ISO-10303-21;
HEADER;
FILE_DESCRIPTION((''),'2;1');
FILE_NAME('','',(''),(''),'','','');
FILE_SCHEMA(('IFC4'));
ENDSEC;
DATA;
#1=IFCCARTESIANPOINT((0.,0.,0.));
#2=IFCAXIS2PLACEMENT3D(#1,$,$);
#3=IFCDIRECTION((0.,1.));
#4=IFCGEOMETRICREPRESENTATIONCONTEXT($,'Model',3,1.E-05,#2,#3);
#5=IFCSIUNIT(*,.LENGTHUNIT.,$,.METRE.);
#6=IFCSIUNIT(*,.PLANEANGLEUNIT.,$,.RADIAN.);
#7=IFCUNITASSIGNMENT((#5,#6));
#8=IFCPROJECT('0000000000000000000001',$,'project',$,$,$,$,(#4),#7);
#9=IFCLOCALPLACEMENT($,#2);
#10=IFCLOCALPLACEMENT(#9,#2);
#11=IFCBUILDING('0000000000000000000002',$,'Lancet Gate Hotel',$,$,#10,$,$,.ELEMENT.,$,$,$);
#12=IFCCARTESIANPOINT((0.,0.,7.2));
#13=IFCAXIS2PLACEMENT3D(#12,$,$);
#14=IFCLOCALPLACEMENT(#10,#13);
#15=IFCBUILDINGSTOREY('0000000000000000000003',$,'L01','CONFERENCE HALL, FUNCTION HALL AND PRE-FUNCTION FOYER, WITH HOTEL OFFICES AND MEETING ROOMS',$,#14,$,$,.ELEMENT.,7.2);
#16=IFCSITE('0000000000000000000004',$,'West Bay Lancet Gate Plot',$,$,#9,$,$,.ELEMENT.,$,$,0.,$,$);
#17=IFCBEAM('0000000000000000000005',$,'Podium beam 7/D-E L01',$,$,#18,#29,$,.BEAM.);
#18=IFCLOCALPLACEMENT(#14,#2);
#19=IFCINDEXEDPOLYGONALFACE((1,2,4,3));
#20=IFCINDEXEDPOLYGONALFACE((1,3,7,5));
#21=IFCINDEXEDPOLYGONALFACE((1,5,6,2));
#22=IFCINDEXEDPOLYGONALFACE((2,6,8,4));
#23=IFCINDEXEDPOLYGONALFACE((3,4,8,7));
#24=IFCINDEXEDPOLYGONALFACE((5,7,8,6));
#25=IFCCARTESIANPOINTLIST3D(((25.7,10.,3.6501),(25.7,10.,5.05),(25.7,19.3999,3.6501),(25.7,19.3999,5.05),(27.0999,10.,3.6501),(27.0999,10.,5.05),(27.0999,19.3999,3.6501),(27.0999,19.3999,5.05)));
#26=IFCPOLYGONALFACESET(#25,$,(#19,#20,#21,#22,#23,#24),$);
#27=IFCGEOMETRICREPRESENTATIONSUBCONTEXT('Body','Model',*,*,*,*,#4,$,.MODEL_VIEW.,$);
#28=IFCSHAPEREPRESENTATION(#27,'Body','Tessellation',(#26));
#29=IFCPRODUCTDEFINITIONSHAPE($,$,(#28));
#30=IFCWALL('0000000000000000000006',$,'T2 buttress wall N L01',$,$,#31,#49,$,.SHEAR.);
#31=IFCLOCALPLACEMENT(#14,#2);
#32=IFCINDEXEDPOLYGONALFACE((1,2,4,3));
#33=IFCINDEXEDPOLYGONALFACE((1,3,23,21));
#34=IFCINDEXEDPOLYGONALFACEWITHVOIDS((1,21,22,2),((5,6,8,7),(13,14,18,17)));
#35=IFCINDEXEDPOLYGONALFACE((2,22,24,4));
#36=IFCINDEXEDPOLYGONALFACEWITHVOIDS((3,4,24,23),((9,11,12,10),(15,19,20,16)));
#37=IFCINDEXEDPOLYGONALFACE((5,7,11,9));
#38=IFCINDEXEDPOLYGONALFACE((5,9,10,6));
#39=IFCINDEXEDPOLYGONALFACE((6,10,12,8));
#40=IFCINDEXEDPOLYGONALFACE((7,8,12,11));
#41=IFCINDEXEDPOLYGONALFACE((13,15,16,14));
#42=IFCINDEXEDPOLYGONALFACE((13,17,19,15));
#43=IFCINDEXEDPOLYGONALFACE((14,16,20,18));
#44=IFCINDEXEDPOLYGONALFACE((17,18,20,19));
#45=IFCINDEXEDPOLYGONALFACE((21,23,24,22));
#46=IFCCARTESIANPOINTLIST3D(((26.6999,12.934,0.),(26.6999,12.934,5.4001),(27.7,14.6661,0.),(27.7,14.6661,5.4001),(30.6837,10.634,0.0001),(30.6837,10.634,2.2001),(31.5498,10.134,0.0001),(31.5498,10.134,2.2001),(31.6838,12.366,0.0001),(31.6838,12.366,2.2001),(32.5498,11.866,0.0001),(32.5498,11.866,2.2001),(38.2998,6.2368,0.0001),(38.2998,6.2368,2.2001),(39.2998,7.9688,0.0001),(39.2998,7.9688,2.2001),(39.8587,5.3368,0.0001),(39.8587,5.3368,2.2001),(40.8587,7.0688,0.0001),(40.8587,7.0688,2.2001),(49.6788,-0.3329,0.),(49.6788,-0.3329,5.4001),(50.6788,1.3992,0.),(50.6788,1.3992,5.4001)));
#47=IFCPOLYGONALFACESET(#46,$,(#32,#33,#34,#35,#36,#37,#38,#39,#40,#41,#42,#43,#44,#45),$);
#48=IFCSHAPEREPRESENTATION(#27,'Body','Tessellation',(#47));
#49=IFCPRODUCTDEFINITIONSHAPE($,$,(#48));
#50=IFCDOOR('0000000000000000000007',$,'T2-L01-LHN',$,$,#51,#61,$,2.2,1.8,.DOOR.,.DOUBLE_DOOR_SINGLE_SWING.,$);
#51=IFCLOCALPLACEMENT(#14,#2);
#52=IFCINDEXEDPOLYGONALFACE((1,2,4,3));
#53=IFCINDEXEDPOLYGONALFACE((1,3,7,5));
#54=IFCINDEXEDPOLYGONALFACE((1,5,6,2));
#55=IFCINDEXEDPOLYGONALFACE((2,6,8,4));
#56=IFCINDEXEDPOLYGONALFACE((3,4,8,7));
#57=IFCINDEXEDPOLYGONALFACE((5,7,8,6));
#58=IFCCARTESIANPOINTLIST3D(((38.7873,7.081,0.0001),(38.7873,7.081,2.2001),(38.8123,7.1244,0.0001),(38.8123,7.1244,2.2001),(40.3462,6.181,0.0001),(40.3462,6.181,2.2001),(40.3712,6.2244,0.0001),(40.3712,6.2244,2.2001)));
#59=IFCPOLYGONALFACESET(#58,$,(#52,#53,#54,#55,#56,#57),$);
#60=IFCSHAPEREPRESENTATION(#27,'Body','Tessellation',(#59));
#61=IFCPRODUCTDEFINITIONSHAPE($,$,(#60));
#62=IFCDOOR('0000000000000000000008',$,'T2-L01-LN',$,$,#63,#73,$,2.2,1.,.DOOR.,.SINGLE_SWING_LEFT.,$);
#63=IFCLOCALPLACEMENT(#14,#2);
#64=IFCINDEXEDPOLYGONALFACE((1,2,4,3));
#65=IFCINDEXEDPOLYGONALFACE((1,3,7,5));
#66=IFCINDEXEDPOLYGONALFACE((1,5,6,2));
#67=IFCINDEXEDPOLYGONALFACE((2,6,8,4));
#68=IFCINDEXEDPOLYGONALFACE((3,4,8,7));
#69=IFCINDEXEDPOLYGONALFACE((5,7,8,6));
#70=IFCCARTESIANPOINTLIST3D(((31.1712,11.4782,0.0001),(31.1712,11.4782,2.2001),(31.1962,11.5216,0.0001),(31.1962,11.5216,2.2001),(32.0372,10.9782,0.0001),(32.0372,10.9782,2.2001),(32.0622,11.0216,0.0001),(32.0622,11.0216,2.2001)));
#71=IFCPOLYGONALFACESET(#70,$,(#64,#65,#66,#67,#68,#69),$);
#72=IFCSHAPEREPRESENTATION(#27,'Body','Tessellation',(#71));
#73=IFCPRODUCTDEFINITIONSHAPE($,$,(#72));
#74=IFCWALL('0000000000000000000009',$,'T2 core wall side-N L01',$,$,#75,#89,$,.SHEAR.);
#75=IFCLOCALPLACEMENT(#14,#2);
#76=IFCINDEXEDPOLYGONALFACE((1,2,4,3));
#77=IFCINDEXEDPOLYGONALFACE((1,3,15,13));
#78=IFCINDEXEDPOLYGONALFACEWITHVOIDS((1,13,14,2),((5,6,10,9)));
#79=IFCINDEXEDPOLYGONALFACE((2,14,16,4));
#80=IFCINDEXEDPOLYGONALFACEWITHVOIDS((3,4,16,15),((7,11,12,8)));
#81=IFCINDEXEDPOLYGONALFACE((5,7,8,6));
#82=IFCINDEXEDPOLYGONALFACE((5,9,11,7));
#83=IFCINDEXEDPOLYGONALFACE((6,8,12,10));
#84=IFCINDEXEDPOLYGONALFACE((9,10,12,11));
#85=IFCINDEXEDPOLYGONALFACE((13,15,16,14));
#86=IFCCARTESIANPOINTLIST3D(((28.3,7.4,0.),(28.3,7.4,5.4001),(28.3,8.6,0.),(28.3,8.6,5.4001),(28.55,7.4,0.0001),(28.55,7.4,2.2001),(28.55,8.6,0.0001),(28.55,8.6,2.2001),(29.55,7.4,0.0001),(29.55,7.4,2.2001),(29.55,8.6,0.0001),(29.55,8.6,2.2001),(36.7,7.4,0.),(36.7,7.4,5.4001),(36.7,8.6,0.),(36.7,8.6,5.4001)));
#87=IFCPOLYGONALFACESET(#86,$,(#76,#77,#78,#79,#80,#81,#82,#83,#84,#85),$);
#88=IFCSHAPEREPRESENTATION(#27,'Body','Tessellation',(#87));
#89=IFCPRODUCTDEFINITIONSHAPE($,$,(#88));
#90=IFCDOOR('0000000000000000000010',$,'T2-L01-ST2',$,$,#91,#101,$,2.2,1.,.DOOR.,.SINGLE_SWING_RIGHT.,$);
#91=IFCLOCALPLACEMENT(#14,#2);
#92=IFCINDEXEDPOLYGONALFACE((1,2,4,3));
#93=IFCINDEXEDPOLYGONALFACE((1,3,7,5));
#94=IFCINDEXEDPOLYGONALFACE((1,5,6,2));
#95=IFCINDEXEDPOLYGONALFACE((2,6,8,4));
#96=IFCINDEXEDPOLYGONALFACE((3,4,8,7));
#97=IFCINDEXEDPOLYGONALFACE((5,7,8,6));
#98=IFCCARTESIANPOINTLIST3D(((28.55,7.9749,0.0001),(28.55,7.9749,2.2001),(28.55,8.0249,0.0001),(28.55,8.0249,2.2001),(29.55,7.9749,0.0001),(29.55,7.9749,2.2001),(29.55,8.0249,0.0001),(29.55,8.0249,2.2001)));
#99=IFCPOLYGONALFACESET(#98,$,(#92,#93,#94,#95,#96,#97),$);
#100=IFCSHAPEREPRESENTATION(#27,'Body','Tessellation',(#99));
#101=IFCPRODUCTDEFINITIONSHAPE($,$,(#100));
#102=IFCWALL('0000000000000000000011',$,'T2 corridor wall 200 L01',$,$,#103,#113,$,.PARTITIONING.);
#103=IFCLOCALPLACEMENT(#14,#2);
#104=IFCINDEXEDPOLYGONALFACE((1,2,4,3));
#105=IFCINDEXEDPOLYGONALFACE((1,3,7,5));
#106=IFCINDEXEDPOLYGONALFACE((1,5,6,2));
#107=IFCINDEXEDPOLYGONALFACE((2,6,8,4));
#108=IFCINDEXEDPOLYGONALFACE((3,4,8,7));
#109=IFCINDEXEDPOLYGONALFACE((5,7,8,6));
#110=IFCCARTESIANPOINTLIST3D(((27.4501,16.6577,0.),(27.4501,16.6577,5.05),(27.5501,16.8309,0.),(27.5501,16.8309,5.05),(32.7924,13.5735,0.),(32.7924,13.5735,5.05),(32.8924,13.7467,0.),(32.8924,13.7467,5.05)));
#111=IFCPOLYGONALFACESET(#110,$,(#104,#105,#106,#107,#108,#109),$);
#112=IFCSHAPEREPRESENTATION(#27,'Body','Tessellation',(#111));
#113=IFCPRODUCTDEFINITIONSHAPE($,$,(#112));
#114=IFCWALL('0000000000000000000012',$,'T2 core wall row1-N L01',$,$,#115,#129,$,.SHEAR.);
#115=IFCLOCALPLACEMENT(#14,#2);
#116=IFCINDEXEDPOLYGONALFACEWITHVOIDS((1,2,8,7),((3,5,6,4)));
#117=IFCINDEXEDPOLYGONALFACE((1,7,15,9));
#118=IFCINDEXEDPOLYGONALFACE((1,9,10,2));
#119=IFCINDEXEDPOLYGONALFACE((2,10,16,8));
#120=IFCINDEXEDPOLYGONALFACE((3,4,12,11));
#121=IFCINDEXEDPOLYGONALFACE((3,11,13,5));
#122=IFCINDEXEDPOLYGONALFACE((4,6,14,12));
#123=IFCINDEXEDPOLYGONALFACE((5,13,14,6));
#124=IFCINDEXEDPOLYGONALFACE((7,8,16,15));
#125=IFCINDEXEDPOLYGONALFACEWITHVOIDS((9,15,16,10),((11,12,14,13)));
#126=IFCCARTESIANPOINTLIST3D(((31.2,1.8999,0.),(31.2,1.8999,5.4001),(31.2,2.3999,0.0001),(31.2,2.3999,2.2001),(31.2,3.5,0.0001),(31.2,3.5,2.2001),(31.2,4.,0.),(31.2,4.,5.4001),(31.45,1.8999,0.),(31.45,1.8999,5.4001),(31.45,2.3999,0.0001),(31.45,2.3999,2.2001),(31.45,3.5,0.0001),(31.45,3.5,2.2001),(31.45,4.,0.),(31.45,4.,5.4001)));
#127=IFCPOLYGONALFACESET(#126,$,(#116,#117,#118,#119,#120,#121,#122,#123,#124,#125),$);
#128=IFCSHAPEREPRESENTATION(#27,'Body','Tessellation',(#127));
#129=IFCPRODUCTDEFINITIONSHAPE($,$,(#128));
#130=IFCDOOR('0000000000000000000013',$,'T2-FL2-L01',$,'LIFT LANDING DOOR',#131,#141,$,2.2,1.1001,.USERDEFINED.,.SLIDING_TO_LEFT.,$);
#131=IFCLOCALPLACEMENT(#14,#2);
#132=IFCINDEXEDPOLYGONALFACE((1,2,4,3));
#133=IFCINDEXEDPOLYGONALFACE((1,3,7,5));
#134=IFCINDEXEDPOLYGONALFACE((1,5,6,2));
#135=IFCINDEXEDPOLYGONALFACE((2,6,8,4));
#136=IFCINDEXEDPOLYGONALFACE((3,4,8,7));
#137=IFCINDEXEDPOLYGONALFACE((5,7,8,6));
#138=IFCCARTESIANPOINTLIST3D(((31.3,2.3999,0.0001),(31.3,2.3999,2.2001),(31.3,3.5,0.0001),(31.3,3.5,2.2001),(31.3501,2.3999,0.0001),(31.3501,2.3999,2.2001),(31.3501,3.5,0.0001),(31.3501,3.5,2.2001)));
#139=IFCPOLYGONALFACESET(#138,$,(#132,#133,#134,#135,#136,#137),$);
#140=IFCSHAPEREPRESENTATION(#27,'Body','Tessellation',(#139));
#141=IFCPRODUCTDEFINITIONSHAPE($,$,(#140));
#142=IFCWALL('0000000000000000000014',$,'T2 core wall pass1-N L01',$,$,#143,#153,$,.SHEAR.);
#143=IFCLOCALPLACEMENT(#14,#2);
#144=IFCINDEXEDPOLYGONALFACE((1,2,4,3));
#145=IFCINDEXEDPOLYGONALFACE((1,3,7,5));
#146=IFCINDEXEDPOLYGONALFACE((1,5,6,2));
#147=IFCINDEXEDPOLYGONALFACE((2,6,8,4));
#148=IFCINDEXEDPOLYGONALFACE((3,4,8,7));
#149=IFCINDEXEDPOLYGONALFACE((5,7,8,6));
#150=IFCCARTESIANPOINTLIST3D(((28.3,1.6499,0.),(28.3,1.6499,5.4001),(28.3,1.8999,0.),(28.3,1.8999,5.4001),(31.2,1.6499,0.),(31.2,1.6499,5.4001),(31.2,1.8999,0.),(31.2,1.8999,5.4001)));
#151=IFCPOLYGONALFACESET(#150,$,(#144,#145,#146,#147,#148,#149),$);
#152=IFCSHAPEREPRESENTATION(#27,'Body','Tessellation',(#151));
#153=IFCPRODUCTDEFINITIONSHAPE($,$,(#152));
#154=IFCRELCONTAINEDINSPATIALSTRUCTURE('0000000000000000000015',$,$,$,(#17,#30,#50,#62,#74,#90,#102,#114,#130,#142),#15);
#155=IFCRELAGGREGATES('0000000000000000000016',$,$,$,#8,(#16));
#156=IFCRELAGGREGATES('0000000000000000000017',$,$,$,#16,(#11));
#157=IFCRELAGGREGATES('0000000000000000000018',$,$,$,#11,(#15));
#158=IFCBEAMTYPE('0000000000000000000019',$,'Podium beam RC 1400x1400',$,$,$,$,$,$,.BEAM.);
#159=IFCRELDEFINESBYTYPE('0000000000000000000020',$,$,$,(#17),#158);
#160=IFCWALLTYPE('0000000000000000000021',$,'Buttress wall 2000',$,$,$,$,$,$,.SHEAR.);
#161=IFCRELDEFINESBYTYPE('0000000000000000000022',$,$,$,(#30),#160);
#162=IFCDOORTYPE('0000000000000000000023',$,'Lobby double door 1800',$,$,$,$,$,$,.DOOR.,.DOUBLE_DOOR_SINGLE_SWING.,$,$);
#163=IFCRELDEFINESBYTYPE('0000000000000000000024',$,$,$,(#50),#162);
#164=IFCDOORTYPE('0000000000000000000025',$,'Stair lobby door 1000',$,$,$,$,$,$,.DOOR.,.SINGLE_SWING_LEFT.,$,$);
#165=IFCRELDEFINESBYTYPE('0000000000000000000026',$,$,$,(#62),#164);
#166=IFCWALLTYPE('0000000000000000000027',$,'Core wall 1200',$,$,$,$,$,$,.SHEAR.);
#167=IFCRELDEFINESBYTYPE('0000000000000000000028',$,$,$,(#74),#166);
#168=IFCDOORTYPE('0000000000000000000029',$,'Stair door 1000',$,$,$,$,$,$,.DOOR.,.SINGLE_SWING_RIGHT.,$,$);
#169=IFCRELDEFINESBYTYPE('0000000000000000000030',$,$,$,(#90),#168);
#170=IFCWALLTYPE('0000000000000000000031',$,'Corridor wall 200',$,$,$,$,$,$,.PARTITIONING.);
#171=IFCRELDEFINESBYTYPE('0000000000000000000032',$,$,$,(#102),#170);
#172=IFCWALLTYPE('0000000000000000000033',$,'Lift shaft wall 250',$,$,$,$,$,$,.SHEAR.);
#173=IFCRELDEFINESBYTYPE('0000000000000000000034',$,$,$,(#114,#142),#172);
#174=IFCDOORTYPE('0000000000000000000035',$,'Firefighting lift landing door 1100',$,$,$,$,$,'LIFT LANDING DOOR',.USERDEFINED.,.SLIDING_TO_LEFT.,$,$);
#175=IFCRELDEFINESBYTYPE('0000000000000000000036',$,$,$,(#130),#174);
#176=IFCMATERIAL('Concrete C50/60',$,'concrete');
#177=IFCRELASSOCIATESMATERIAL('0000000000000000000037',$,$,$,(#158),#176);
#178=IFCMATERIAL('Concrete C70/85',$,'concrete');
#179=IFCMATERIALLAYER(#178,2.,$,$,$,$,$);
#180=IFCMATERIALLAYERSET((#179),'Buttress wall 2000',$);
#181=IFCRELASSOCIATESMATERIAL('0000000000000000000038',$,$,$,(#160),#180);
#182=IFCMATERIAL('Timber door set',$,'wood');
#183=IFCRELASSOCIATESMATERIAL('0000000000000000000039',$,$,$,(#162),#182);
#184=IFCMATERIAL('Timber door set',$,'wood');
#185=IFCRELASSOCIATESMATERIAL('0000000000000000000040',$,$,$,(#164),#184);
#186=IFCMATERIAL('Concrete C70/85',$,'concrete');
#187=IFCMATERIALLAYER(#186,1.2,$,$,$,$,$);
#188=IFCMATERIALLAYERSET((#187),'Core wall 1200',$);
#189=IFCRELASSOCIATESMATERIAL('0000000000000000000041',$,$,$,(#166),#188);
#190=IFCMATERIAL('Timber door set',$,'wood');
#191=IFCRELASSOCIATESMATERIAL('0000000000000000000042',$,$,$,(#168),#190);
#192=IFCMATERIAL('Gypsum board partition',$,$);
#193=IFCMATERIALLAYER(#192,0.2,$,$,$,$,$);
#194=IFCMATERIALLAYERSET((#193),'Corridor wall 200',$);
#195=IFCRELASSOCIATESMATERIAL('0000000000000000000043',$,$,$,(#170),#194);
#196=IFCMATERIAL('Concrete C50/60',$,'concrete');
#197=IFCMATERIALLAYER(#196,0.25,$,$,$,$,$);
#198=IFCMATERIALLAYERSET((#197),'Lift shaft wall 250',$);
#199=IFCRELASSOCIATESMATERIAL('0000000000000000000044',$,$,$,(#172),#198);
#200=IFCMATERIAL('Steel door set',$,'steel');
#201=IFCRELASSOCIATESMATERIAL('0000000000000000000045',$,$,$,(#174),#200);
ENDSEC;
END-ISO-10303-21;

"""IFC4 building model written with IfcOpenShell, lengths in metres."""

from ifc_helpers import new_model, si_unit, direction, frame, frame_2d, origin, origin_2d, place, context, subcontext, project, spatial, rectangle, extrude, material, layer, layer_set, material_profile, profile_set, type_object, element, fill, save


model = new_model("IFC4")

# Units and contexts
model_context = context("Model", 3, precision=1e-05, world=origin(), true_north=direction((0.0, 1.0)))
body_context = subcontext(model_context, "Body", "Model", "MODEL_VIEW")
ifc_project = project(units=[si_unit("LENGTHUNIT", "METRE"), si_unit("PLANEANGLEUNIT", "RADIAN")], contexts=[model_context])

# Site, building, storey
site_placement = place(None, origin())
site = spatial("IfcSite", under=ifc_project, at=site_placement, Name="West Bay Lancet Gate Plot", CompositionType="ELEMENT", RefElevation=0.0)
building_placement = place(site_placement, origin())
building = spatial("IfcBuilding", under=site, at=building_placement, Name="Lancet Gate Hotel", CompositionType="ELEMENT")
storey_placement = place(building_placement, frame((0.0, 0.0, 7.2)))
storey = spatial("IfcBuildingStorey", under=building, at=storey_placement, Name="L01", Description="CONFERENCE HALL, FUNCTION HALL AND PRE-FUNCTION FOYER, WITH HOTEL OFFICES AND MEETING ROOMS", CompositionType="ELEMENT", Elevation=7.2)

# Beam
ifc_material_1 = material(Name="Concrete C50/60", Category="concrete")
ifc_material_profile_1 = material_profile(ifc_material_1, rectangle(XDim=1.3999, YDim=1.3999, at=origin_2d()), Name="RC 1400x1400")
ifc_profile_set_1 = profile_set([ifc_material_profile_1], Name="Concrete C50/60")
beam_type_1 = type_object("IfcBeamType", Name="Podium beam RC 1400x1400", PredefinedType="BEAM", material=ifc_profile_set_1)
beam_1_placement = place(storey_placement, frame((26.3999, 10.0, 4.3501), z_axis=(0.0, 1.0, 0.0), x_axis=(-1.0, 0.0, 0.0)))
element("IfcBeam", 1, at=beam_1_placement, inside=storey, type_object=beam_type_1, Name="Podium beam 7/D-E L01", PredefinedType="BEAM", context=body_context, shape_type="SweptSolid", body=[
    extrude(rectangle(XDim=1.3999, YDim=1.3999, at=origin_2d()), origin(), (0.0, 0.0, 1.0), 9.3999),
])

# Wall, openings, doors
ifc_material_2 = material(Name="Concrete C70/85", Category="concrete")
ifc_layer_1 = layer(ifc_material_2, 2.0)
ifc_layer_set_1 = layer_set([ifc_layer_1], Name="Buttress wall 2000")
wall_type_1 = type_object("IfcWallType", Name="Buttress wall 2000", PredefinedType="SHEAR", material=ifc_layer_set_1)
wall_1_placement = place(storey_placement, frame((27.2, 13.8, 0.0), z_axis=(0.0, 0.0, 1.0), x_axis=(0.866025, -0.500001, 0.0)))
wall_1 = element("IfcWall", 2, at=wall_1_placement, inside=storey, type_object=wall_type_1, Name="T2 buttress wall N L01", PredefinedType="SHEAR", context=body_context, shape_type="SweptSolid", body=[
    extrude(rectangle(XDim=26.5337, YDim=2.0, at=frame_2d((13.2668, 0.0))), origin(), (0.0, 0.0, 1.0), 5.4001),
])
opening_1_placement = place(wall_1_placement, frame((4.6001, 0.0, 0.0)))
opening_1 = element("IfcOpeningElement", 3, at=opening_1_placement, cuts=wall_1, PredefinedType="OPENING", context=body_context, shape_type="SweptSolid", body=[
    extrude(rectangle(XDim=1.0, YDim=2.2, at=frame_2d((0.5, 1.1001))), frame((0.0, 1.01, 0.0), z_axis=(0.0, -1.0, 0.0), x_axis=(1.0, 0.0, 0.0)), (0.0, 0.0, 1.0), 2.02),
])
opening_2_placement = place(wall_1_placement, frame((13.3945, 0.0, 0.0)))
opening_2 = element("IfcOpeningElement", 4, at=opening_2_placement, cuts=wall_1, PredefinedType="OPENING", context=body_context, shape_type="SweptSolid", body=[
    extrude(rectangle(XDim=1.8, YDim=2.2, at=frame_2d((0.8999, 1.1001))), frame((0.0, 1.01, 0.0), z_axis=(0.0, -1.0, 0.0), x_axis=(1.0, 0.0, 0.0)), (0.0, 0.0, 1.0), 2.02),
])
ifc_material_3 = material(Name="Timber door set", Category="wood")
door_type_1 = type_object("IfcDoorType", Name="Lobby double door 1800", OperationType="DOUBLE_DOOR_SINGLE_SWING", PredefinedType="DOOR", material=ifc_material_3)
door_1_placement = place(opening_2_placement, origin())
door_1 = element("IfcDoor", 5, at=door_1_placement, inside=storey, type_object=door_type_1, Name="T2-L01-LHN", OperationType="DOUBLE_DOOR_SINGLE_SWING", OverallHeight=2.2, OverallWidth=1.8, PredefinedType="DOOR", context=body_context, shape_type="SweptSolid", body=[
    extrude(rectangle(XDim=1.8, YDim=2.2, at=frame_2d((0.8999, 1.1001))), frame((0.0, 0.0249, 0.0), z_axis=(0.0, -1.0, 0.0), x_axis=(1.0, 0.0, 0.0)), (0.0, 0.0, 1.0), 0.05),
])
fill(opening_2, door_1)
ifc_material_4 = material(Name="Timber door set", Category="wood")
door_type_2 = type_object("IfcDoorType", Name="Stair lobby door 1000", OperationType="SINGLE_SWING_LEFT", PredefinedType="DOOR", material=ifc_material_4)
door_2_placement = place(opening_1_placement, origin())
door_2 = element("IfcDoor", 6, at=door_2_placement, inside=storey, type_object=door_type_2, Name="T2-L01-LN", OperationType="SINGLE_SWING_LEFT", OverallHeight=2.2, OverallWidth=1.0, PredefinedType="DOOR", context=body_context, shape_type="SweptSolid", body=[
    extrude(rectangle(XDim=1.0, YDim=2.2, at=frame_2d((0.5, 1.1001))), frame((0.0, 0.0249, 0.0), z_axis=(0.0, -1.0, 0.0), x_axis=(1.0, 0.0, 0.0)), (0.0, 0.0, 1.0), 0.05),
])
fill(opening_1, door_2)

# Wall, opening, door
ifc_material_5 = material(Name="Concrete C70/85", Category="concrete")
ifc_layer_2 = layer(ifc_material_5, 1.2)
ifc_layer_set_2 = layer_set([ifc_layer_2], Name="Core wall 1200")
wall_type_2 = type_object("IfcWallType", Name="Core wall 1200", PredefinedType="SHEAR", material=ifc_layer_set_2)
wall_2_placement = place(storey_placement, frame((28.3, 8.0, 0.0), z_axis=(0.0, 0.0, 1.0), x_axis=(1.0, 0.0, 0.0)))
wall_2 = element("IfcWall", 7, at=wall_2_placement, inside=storey, type_object=wall_type_2, Name="T2 core wall side-N L01", PredefinedType="SHEAR", context=body_context, shape_type="SweptSolid", body=[
    extrude(rectangle(XDim=8.3999, YDim=1.2, at=frame_2d((4.2, 0.0))), origin(), (0.0, 0.0, 1.0), 5.4001),
])
opening_3_placement = place(wall_2_placement, frame((0.25, 0.0, 0.0)))
opening_3 = element("IfcOpeningElement", 8, at=opening_3_placement, cuts=wall_2, PredefinedType="OPENING", context=body_context, shape_type="SweptSolid", body=[
    extrude(rectangle(XDim=1.0, YDim=2.2, at=frame_2d((0.5, 1.1001))), frame((0.0, 0.6099, 0.0), z_axis=(0.0, -1.0, 0.0), x_axis=(1.0, 0.0, 0.0)), (0.0, 0.0, 1.0), 1.22),
])
ifc_material_6 = material(Name="Timber door set", Category="wood")
door_type_3 = type_object("IfcDoorType", Name="Stair door 1000", OperationType="SINGLE_SWING_RIGHT", PredefinedType="DOOR", material=ifc_material_6)
door_3_placement = place(opening_3_placement, origin())
door_3 = element("IfcDoor", 9, at=door_3_placement, inside=storey, type_object=door_type_3, Name="T2-L01-ST2", OperationType="SINGLE_SWING_RIGHT", OverallHeight=2.2, OverallWidth=1.0, PredefinedType="DOOR", context=body_context, shape_type="SweptSolid", body=[
    extrude(rectangle(XDim=1.0, YDim=2.2, at=frame_2d((0.5, 1.1001))), frame((0.0, 0.0249, 0.0), z_axis=(0.0, -1.0, 0.0), x_axis=(1.0, 0.0, 0.0)), (0.0, 0.0, 1.0), 0.05),
])
fill(opening_3, door_3)

# Wall
ifc_material_7 = material(Name="Gypsum board partition")
ifc_layer_3 = layer(ifc_material_7, 0.2)
ifc_layer_set_3 = layer_set([ifc_layer_3], Name="Corridor wall 200")
wall_type_3 = type_object("IfcWallType", Name="Corridor wall 200", PredefinedType="PARTITIONING", material=ifc_layer_set_3)
wall_3_placement = place(storey_placement, frame((27.5, 16.7444, 0.0), z_axis=(0.0, 0.0, 1.0), x_axis=(0.866035, -0.499983, 0.0)))
element("IfcWall", 10, at=wall_3_placement, inside=storey, type_object=wall_type_3, Name="T2 corridor wall 200 L01", PredefinedType="PARTITIONING", context=body_context, shape_type="SweptSolid", body=[
    extrude(rectangle(XDim=6.1687, YDim=0.2, at=frame_2d((3.0845, 0.0))), origin(), (0.0, 0.0, 1.0), 5.05),
])

# Wall, opening, door
ifc_material_8 = material(Name="Concrete C50/60", Category="concrete")
ifc_layer_4 = layer(ifc_material_8, 0.25)
ifc_layer_set_4 = layer_set([ifc_layer_4], Name="Lift shaft wall 250")
wall_type_4 = type_object("IfcWallType", Name="Lift shaft wall 250", PredefinedType="SHEAR", material=ifc_layer_set_4)
wall_4_placement = place(storey_placement, frame((31.325, 1.8999, 0.0), z_axis=(0.0, 0.0, 1.0), x_axis=(0.0, 1.0, 0.0)))
wall_4 = element("IfcWall", 11, at=wall_4_placement, inside=storey, type_object=wall_type_4, Name="T2 core wall row1-N L01", PredefinedType="SHEAR", context=body_context, shape_type="SweptSolid", body=[
    extrude(rectangle(XDim=2.1001, YDim=0.25, at=frame_2d((1.05, 0.0))), origin(), (0.0, 0.0, 1.0), 5.4001),
])
opening_4_placement = place(wall_4_placement, frame((0.5, 0.0, 0.0)))
opening_4 = element("IfcOpeningElement", 12, at=opening_4_placement, cuts=wall_4, PredefinedType="OPENING", context=body_context, shape_type="SweptSolid", body=[
    extrude(rectangle(XDim=1.1001, YDim=2.2, at=frame_2d((0.55, 1.1001))), frame((0.0, 0.135, 0.0), z_axis=(0.0, -1.0, 0.0), x_axis=(1.0, 0.0, 0.0)), (0.0, 0.0, 1.0), 0.27),
])
ifc_material_9 = material(Name="Steel door set", Category="steel")
door_type_4 = type_object("IfcDoorType", Name="Firefighting lift landing door 1100", ElementType="LIFT LANDING DOOR", OperationType="SLIDING_TO_LEFT", PredefinedType="USERDEFINED", material=ifc_material_9)
door_4_placement = place(opening_4_placement, origin())
door_4 = element("IfcDoor", 13, at=door_4_placement, inside=storey, type_object=door_type_4, Name="T2-FL2-L01", ObjectType="LIFT LANDING DOOR", OperationType="SLIDING_TO_LEFT", OverallHeight=2.2, OverallWidth=1.1001, PredefinedType="USERDEFINED", context=body_context, shape_type="SweptSolid", body=[
    extrude(rectangle(XDim=1.1001, YDim=2.2, at=frame_2d((0.55, 1.1001))), frame((0.0, 0.0249, 0.0), z_axis=(0.0, -1.0, 0.0), x_axis=(1.0, 0.0, 0.0)), (0.0, 0.0, 1.0), 0.05),
])
fill(opening_4, door_4)

# Wall
wall_5_placement = place(storey_placement, frame((28.3, 1.7749, 0.0), z_axis=(0.0, 0.0, 1.0), x_axis=(1.0, 0.0, 0.0)))
element("IfcWall", 14, at=wall_5_placement, inside=storey, type_object=wall_type_4, Name="T2 core wall pass1-N L01", PredefinedType="SHEAR", context=body_context, shape_type="SweptSolid", body=[
    extrude(rectangle(XDim=2.8999, YDim=0.25, at=frame_2d((1.45, 0.0))), origin(), (0.0, 0.0, 1.0), 5.4001),
])

save(model, "model.ifc")
